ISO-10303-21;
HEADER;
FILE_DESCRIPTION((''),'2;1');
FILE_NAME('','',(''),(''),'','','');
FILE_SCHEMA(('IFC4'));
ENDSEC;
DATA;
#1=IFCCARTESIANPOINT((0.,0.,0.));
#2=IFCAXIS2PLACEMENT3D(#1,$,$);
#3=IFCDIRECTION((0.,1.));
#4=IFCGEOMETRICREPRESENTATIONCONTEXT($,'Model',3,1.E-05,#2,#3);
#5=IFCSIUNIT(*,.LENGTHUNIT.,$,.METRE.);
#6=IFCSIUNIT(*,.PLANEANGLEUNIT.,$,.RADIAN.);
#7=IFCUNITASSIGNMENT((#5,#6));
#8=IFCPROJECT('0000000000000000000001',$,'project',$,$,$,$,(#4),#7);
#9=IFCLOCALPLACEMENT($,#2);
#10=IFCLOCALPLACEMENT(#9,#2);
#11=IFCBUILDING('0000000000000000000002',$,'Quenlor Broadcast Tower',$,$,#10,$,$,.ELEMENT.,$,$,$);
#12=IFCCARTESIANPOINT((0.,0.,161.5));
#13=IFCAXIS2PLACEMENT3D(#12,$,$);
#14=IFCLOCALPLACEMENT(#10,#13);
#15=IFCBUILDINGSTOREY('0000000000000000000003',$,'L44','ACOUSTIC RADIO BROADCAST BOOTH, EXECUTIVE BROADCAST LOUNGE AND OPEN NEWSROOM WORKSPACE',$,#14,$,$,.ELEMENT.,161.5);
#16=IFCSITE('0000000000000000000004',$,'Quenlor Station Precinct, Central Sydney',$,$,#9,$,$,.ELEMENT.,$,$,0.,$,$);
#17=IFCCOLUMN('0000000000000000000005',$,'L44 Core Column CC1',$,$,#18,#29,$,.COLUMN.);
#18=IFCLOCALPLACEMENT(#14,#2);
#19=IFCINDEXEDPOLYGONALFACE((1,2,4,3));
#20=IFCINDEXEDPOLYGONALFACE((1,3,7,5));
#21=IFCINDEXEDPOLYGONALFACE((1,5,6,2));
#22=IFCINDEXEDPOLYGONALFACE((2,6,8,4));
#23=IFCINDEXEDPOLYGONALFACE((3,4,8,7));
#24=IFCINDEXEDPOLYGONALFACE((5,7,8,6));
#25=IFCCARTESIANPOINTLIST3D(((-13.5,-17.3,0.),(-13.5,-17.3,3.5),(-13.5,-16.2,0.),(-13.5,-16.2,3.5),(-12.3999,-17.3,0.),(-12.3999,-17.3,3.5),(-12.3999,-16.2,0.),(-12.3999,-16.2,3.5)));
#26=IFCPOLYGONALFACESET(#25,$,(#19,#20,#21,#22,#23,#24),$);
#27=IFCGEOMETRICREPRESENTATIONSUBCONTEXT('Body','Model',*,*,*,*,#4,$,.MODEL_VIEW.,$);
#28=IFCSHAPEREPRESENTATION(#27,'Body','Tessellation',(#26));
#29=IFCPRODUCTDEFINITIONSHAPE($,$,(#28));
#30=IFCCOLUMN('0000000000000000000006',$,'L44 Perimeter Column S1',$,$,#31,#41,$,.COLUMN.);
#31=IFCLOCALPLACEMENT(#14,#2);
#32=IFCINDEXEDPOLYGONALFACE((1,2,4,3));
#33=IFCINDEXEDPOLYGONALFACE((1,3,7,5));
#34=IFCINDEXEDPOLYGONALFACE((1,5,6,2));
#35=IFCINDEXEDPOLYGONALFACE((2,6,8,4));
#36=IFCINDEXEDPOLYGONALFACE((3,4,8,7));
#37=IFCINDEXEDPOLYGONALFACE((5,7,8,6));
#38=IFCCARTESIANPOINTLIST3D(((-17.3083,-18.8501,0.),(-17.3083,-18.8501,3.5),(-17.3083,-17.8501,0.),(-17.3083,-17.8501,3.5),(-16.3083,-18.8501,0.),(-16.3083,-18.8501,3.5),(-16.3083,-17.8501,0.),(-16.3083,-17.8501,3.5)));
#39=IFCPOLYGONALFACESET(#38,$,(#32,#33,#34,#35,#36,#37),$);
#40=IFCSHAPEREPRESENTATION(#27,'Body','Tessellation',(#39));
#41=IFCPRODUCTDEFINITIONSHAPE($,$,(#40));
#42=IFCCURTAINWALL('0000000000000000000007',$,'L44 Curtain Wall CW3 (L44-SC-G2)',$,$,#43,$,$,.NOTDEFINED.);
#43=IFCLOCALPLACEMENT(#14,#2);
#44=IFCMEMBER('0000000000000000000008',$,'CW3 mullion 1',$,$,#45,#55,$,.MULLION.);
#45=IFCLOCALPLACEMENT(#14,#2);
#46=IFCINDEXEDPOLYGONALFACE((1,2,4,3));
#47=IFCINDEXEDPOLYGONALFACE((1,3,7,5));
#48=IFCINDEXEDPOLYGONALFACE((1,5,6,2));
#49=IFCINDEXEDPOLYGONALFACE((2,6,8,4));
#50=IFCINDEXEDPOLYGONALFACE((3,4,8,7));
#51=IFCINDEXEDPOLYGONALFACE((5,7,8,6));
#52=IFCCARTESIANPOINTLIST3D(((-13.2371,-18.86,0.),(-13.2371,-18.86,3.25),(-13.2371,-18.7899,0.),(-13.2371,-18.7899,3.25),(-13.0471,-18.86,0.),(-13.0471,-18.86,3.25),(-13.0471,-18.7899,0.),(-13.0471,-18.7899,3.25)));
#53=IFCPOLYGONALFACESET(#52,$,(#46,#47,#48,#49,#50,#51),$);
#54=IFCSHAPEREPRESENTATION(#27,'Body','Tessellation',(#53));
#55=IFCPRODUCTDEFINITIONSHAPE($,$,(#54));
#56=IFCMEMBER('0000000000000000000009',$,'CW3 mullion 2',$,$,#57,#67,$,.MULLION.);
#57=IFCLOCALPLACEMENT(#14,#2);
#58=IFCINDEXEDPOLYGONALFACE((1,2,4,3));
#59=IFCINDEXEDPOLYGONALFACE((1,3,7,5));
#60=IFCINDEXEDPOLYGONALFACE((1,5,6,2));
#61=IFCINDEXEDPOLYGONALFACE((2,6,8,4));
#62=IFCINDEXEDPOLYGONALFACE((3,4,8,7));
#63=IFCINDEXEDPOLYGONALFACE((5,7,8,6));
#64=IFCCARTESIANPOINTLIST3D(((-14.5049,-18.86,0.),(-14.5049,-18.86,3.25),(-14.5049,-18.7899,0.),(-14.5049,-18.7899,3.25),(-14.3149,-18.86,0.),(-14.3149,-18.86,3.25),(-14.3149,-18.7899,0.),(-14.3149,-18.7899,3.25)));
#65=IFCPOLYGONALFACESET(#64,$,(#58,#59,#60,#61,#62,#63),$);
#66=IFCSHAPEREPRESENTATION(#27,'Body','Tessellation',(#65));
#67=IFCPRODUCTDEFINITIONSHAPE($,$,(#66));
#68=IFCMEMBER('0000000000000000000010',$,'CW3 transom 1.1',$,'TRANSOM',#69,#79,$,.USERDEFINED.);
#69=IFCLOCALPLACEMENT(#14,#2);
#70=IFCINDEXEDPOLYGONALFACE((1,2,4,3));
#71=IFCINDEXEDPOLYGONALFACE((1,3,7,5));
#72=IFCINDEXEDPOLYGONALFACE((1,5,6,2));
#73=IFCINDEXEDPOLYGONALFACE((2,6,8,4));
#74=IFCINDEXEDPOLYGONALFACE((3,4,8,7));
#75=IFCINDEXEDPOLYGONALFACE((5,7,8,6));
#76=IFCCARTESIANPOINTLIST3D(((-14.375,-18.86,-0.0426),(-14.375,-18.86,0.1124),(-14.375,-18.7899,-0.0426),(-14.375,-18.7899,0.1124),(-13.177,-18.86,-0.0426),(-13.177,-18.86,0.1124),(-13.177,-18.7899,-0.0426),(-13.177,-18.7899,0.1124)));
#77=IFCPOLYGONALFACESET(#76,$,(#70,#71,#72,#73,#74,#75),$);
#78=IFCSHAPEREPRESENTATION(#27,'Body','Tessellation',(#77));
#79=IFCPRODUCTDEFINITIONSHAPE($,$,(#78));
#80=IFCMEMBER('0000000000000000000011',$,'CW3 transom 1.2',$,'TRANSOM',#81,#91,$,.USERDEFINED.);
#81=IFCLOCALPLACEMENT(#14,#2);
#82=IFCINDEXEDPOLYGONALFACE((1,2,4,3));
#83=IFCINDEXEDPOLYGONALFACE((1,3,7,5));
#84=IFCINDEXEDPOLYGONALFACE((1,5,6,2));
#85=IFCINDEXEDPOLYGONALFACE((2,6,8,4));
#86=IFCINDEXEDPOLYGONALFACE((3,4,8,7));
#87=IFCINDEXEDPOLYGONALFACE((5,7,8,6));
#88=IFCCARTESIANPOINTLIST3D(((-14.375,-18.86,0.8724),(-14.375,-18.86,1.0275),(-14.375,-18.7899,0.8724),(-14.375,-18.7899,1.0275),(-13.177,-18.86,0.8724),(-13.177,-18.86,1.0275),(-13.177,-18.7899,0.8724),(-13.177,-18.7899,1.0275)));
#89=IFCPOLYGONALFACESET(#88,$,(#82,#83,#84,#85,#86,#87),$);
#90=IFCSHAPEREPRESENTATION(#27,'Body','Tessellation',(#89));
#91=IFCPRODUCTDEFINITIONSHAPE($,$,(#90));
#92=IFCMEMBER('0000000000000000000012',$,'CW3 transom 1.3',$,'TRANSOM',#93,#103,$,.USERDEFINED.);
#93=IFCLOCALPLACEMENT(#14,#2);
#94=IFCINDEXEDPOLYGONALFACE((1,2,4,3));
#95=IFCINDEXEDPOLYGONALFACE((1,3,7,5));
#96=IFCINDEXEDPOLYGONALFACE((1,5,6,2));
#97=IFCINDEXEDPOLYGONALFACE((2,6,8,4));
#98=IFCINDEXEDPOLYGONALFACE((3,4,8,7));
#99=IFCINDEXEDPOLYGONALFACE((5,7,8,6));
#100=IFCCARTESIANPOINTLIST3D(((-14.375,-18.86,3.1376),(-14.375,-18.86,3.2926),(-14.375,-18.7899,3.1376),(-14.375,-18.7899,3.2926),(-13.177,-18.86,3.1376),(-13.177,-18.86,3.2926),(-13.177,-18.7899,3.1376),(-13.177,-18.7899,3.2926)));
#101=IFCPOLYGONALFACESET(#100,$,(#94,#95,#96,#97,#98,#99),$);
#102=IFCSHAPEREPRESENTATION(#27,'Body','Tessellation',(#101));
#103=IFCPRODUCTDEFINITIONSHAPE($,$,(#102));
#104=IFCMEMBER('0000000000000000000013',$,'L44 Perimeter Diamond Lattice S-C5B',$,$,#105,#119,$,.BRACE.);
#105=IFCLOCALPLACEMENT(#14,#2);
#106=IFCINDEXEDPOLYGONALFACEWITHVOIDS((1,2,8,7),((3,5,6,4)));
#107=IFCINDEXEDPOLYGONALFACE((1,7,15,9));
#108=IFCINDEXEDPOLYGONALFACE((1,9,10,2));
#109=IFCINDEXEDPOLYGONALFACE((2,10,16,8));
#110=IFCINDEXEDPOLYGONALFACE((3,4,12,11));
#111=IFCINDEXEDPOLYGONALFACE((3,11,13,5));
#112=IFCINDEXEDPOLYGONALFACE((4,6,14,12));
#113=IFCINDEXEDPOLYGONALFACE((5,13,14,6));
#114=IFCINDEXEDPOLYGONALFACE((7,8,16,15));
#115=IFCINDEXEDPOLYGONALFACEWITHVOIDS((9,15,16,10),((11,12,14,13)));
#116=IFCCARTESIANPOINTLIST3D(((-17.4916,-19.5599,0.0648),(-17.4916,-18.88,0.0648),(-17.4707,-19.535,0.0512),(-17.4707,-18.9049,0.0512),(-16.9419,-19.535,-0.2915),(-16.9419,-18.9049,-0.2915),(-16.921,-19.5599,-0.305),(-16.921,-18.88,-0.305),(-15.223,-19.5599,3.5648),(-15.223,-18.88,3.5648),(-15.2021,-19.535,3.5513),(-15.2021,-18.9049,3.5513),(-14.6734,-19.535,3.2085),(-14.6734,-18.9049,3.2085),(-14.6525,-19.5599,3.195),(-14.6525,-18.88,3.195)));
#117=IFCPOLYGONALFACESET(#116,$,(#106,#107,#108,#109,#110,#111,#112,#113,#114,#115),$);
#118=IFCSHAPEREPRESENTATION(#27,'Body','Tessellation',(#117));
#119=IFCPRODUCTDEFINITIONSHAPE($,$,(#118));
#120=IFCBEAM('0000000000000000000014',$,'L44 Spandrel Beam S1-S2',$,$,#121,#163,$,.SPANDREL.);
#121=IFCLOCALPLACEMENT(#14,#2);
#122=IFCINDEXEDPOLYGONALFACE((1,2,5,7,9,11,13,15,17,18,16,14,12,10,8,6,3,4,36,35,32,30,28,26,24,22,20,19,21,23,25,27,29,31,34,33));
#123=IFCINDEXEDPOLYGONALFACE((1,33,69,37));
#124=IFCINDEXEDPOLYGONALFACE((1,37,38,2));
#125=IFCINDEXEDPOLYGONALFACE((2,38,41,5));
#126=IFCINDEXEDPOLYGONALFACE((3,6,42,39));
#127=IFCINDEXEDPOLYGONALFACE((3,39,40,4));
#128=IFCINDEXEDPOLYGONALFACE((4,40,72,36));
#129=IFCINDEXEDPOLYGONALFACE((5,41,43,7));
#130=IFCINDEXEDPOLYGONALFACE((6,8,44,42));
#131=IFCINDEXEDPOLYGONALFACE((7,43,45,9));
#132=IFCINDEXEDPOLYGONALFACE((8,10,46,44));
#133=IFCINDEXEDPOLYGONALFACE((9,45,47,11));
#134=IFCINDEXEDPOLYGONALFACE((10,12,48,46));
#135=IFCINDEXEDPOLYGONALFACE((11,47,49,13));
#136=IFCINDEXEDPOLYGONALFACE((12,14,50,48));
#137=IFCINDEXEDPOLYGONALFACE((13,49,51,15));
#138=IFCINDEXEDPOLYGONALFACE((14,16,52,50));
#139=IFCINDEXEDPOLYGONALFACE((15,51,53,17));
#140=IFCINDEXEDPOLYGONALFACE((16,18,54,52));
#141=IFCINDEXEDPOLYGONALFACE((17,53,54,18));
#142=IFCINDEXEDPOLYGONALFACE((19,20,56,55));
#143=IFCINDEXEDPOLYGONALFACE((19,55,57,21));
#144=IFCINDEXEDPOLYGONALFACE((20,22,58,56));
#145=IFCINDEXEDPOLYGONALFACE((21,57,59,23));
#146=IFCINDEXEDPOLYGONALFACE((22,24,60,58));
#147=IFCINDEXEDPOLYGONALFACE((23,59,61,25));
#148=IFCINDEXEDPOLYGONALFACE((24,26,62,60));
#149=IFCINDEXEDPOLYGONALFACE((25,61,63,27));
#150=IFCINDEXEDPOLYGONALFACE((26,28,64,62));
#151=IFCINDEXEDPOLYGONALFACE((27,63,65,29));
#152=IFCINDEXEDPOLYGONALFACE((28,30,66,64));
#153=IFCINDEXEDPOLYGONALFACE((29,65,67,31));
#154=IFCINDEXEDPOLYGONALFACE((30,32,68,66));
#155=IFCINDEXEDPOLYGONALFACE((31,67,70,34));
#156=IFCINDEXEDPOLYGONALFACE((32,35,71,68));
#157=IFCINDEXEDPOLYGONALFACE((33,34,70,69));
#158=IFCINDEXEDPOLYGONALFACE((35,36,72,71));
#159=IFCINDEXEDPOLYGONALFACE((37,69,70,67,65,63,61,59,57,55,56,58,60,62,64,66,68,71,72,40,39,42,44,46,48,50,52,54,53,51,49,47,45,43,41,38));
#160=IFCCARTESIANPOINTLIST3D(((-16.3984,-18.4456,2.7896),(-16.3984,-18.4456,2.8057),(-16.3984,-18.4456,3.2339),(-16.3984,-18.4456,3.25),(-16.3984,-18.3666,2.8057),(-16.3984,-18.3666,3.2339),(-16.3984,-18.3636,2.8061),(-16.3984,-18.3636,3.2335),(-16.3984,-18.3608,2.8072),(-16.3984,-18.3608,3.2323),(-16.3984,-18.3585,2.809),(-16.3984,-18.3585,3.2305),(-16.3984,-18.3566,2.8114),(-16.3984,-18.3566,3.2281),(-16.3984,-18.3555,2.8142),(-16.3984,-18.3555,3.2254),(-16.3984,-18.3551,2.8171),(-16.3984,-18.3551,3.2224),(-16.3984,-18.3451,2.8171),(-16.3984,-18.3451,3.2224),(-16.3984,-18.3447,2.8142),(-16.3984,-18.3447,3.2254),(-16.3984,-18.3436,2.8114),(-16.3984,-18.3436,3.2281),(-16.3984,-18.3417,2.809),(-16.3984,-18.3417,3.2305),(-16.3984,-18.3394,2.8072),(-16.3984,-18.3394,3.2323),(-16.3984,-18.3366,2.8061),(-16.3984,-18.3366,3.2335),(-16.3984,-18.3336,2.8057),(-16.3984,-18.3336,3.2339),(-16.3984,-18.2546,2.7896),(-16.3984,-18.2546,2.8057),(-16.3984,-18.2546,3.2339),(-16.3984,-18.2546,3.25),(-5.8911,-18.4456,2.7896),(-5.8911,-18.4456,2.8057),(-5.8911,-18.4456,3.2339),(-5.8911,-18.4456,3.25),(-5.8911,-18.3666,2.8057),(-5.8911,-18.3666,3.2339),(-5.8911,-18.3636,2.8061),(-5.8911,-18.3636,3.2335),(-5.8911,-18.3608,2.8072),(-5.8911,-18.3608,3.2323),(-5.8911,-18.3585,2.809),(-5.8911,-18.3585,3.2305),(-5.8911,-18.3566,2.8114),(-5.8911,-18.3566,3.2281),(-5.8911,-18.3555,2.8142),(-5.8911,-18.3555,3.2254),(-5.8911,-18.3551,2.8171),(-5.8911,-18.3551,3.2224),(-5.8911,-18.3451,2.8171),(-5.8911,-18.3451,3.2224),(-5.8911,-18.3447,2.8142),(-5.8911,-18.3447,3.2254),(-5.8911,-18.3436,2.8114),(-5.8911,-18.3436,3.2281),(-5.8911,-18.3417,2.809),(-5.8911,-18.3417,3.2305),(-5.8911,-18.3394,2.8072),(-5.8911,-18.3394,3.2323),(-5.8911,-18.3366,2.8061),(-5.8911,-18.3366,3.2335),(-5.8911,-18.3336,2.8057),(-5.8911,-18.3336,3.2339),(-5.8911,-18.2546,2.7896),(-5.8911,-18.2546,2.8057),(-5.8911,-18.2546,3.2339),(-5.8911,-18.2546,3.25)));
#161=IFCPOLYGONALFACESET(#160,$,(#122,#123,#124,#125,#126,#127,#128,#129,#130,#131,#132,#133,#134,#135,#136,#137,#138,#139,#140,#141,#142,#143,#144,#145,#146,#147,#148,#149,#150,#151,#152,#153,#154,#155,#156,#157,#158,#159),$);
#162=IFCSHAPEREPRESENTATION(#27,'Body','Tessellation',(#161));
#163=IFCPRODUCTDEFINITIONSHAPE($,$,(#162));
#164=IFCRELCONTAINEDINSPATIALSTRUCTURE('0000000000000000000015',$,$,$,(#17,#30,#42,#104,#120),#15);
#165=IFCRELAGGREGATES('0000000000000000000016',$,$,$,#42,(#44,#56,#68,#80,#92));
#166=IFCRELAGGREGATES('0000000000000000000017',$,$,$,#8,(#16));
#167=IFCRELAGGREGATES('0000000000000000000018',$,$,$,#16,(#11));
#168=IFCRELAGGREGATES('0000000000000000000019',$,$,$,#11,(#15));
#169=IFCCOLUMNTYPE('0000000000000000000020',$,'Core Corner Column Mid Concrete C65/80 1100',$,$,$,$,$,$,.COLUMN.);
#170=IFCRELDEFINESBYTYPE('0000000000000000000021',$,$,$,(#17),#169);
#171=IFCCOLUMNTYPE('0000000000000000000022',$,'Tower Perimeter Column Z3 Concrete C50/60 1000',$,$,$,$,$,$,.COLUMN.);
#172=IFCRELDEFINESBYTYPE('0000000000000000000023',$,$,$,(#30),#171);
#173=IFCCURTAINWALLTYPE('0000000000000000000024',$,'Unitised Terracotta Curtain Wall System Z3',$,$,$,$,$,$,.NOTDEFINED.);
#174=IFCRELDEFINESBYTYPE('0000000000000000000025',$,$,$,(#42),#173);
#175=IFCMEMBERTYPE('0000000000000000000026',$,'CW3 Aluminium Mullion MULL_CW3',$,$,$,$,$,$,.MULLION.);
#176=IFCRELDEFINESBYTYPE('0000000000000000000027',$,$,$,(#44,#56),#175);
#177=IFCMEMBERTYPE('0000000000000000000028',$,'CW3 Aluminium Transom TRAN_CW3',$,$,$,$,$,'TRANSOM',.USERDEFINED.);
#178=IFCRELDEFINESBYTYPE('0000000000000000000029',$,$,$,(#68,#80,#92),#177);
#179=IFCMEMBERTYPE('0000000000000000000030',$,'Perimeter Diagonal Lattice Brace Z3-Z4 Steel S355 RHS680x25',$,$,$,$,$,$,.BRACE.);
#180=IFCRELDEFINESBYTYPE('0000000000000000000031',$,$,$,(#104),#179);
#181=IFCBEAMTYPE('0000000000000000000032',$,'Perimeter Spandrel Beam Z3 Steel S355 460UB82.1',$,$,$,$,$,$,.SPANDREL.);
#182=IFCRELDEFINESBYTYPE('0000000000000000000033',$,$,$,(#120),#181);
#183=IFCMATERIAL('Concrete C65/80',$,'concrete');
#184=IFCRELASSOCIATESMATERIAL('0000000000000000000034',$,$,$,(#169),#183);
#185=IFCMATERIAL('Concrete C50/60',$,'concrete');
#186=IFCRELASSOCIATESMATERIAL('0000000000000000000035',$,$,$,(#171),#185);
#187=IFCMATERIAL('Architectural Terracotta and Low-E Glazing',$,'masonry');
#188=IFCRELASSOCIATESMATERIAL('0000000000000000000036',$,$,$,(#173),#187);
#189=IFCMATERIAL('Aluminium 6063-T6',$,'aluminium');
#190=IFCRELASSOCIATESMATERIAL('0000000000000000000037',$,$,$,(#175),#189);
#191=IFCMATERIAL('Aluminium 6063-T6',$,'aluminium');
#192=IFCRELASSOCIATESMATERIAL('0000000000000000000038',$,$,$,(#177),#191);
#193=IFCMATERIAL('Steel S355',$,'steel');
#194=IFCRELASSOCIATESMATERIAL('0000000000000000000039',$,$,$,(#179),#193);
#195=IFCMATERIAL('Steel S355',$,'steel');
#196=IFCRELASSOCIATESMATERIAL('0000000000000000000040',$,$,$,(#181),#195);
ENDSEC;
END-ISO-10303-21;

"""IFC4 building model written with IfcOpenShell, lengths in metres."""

from ifc_helpers import new_model, si_unit, direction, frame, origin, origin_2d, place, context, subcontext, project, spatial, rectangle, hollow_rectangle, i_section, extrude, material, material_profile, profile_set, type_object, element, aggregate, save


model = new_model("IFC4")

# Units and contexts
model_context = context("Model", 3, precision=1e-05, world=origin(), true_north=direction((0.0, 1.0)))
body_context = subcontext(model_context, "Body", "Model", "MODEL_VIEW")
ifc_project = project(units=[si_unit("LENGTHUNIT", "METRE"), si_unit("PLANEANGLEUNIT", "RADIAN")], contexts=[model_context])

# Site, building, storey
site_placement = place(None, origin())
site = spatial("IfcSite", under=ifc_project, at=site_placement, Name="Quenlor Station Precinct, Central Sydney", CompositionType="ELEMENT", RefElevation=0.0)
building_placement = place(site_placement, origin())
building = spatial("IfcBuilding", under=site, at=building_placement, Name="Quenlor Broadcast Tower", CompositionType="ELEMENT")
storey_placement = place(building_placement, frame((0.0, 0.0, 161.5)))
storey = spatial("IfcBuildingStorey", under=building, at=storey_placement, Name="L44", Description="ACOUSTIC RADIO BROADCAST BOOTH, EXECUTIVE BROADCAST LOUNGE AND OPEN NEWSROOM WORKSPACE", CompositionType="ELEMENT", Elevation=161.5)

# Columns
ifc_material_1 = material(Name="Concrete C65/80", Category="concrete")
ifc_material_profile_1 = material_profile(ifc_material_1, rectangle(XDim=1.1001, YDim=1.1001, at=origin_2d()))
ifc_profile_set_1 = profile_set([ifc_material_profile_1], Name="Concrete C65/80 RC1100x1100")
column_type_1 = type_object("IfcColumnType", Name="Core Corner Column Mid Concrete C65/80 1100", PredefinedType="COLUMN", material=ifc_profile_set_1)
column_1_placement = place(storey_placement, frame((-12.95, -16.75, 0.0), z_axis=(0.0, 0.0, 1.0), x_axis=(1.0, 0.0, 0.0)))
element("IfcColumn", 1, at=column_1_placement, inside=storey, type_object=column_type_1, Name="L44 Core Column CC1", PredefinedType="COLUMN", context=body_context, shape_type="SweptSolid", body=[
    extrude(rectangle(XDim=1.1001, YDim=1.1001, at=origin_2d()), origin(), (0.0, 0.0, 1.0), 3.5),
])
ifc_material_2 = material(Name="Concrete C50/60", Category="concrete")
ifc_material_profile_2 = material_profile(ifc_material_2, rectangle(XDim=1.0, YDim=1.0, at=origin_2d()))
ifc_profile_set_2 = profile_set([ifc_material_profile_2], Name="Concrete C50/60 RC1000x1000")
column_type_2 = type_object("IfcColumnType", Name="Tower Perimeter Column Z3 Concrete C50/60 1000", PredefinedType="COLUMN", material=ifc_profile_set_2)
column_2_placement = place(storey_placement, frame((-16.8083, -18.3501, 0.0), z_axis=(0.0, 0.0, 1.0), x_axis=(0.0, 1.0, 0.0)))
element("IfcColumn", 2, at=column_2_placement, inside=storey, type_object=column_type_2, Name="L44 Perimeter Column S1", PredefinedType="COLUMN", context=body_context, shape_type="SweptSolid", body=[
    extrude(rectangle(XDim=1.0, YDim=1.0, at=origin_2d()), origin(), (0.0, 0.0, 1.0), 3.5),
])

# Curtain wall, members
ifc_material_3 = material(Name="Architectural Terracotta and Low-E Glazing", Category="masonry")
curtain_wall_type = type_object("IfcCurtainWallType", Name="Unitised Terracotta Curtain Wall System Z3", PredefinedType="NOTDEFINED", material=ifc_material_3)
curtain_wall_placement = place(storey_placement, origin())
curtain_wall = element("IfcCurtainWall", 3, at=curtain_wall_placement, inside=storey, type_object=curtain_wall_type, Name="L44 Curtain Wall CW3 (L44-SC-G2)", PredefinedType="NOTDEFINED")
ifc_material_4 = material(Name="Aluminium 6063-T6", Category="aluminium")
ifc_material_profile_3 = material_profile(ifc_material_4, rectangle(XDim=0.0701, YDim=0.1899, at=origin_2d()))
ifc_profile_set_3 = profile_set([ifc_material_profile_3], Name="Aluminium 6063-T6 MULL70x190")
member_type_1 = type_object("IfcMemberType", Name="CW3 Aluminium Mullion MULL_CW3", PredefinedType="MULLION", material=ifc_profile_set_3)
member_1_placement = place(storey_placement, frame((-13.1421, -18.825, 0.0), z_axis=(0.0, 0.0, 1.0), x_axis=(0.0, -1.0, 0.0)))
member_1 = element("IfcMember", 4, at=member_1_placement, type_object=member_type_1, Name="CW3 mullion 1", PredefinedType="MULLION", context=body_context, shape_type="SweptSolid", body=[
    extrude(rectangle(XDim=0.0701, YDim=0.1899, at=origin_2d()), origin(), (0.0, 0.0, 1.0), 3.25),
])
member_2_placement = place(storey_placement, frame((-14.4099, -18.825, 0.0), z_axis=(0.0, 0.0, 1.0), x_axis=(0.0, -1.0, 0.0)))
member_2 = element("IfcMember", 5, at=member_2_placement, type_object=member_type_1, Name="CW3 mullion 2", PredefinedType="MULLION", context=body_context, shape_type="SweptSolid", body=[
    extrude(rectangle(XDim=0.0701, YDim=0.1899, at=origin_2d()), origin(), (0.0, 0.0, 1.0), 3.25),
])
ifc_material_5 = material(Name="Aluminium 6063-T6", Category="aluminium")
ifc_material_profile_4 = material_profile(ifc_material_5, rectangle(XDim=0.0701, YDim=0.155, at=origin_2d()))
ifc_profile_set_4 = profile_set([ifc_material_profile_4], Name="Aluminium 6063-T6 TRAN70x155")
member_type_2 = type_object("IfcMemberType", Name="CW3 Aluminium Transom TRAN_CW3", ElementType="TRANSOM", PredefinedType="USERDEFINED", material=ifc_profile_set_4)
member_3_placement = place(storey_placement, frame((-13.177, -18.825, 0.0349), z_axis=(-1.0, 0.0, 0.0), x_axis=(0.0, -1.0, 0.0)))
member_3 = element("IfcMember", 6, at=member_3_placement, type_object=member_type_2, Name="CW3 transom 1.1", ObjectType="TRANSOM", PredefinedType="USERDEFINED", context=body_context, shape_type="SweptSolid", body=[
    extrude(rectangle(XDim=0.0701, YDim=0.155, at=origin_2d()), origin(), (0.0, 0.0, 1.0), 1.198),
])
member_4_placement = place(storey_placement, frame((-13.177, -18.825, 0.95), z_axis=(-1.0, 0.0, 0.0), x_axis=(0.0, -1.0, 0.0)))
member_4 = element("IfcMember", 7, at=member_4_placement, type_object=member_type_2, Name="CW3 transom 1.2", ObjectType="TRANSOM", PredefinedType="USERDEFINED", context=body_context, shape_type="SweptSolid", body=[
    extrude(rectangle(XDim=0.0701, YDim=0.155, at=origin_2d()), origin(), (0.0, 0.0, 1.0), 1.198),
])
member_5_placement = place(storey_placement, frame((-13.177, -18.825, 3.2151), z_axis=(-1.0, 0.0, 0.0), x_axis=(0.0, -1.0, 0.0)))
member_5 = element("IfcMember", 8, at=member_5_placement, type_object=member_type_2, Name="CW3 transom 1.3", ObjectType="TRANSOM", PredefinedType="USERDEFINED", context=body_context, shape_type="SweptSolid", body=[
    extrude(rectangle(XDim=0.0701, YDim=0.155, at=origin_2d()), origin(), (0.0, 0.0, 1.0), 1.198),
])

# Member
ifc_material_6 = material(Name="Steel S355", Category="steel")
ifc_material_profile_5 = material_profile(ifc_material_6, hollow_rectangle(XDim=0.6799, YDim=0.6799, WallThickness=0.0249, at=origin_2d()))
ifc_profile_set_5 = profile_set([ifc_material_profile_5], Name="Steel S355 RHS680x680x25")
member_type_3 = type_object("IfcMemberType", Name="Perimeter Diagonal Lattice Brace Z3-Z4 Steel S355 RHS680x25", PredefinedType="BRACE", material=ifc_profile_set_5)
member_6_placement = place(storey_placement, frame((-17.2063, -19.22, -0.1201), z_axis=(0.543902, 0.0, 0.839149), x_axis=(0.0, 1.0, 0.0)))
element("IfcMember", 9, at=member_6_placement, inside=storey, type_object=member_type_3, Name="L44 Perimeter Diamond Lattice S-C5B", PredefinedType="BRACE", context=body_context, shape_type="SweptSolid", body=[
    extrude(hollow_rectangle(XDim=0.6799, YDim=0.6799, WallThickness=0.0249, at=origin_2d()), origin(), (0.0, 0.0, 1.0), 4.1709),
])

# Beam
ifc_material_7 = material(Name="Steel S355", Category="steel")
ifc_material_profile_6 = material_profile(ifc_material_7, i_section(OverallWidth=0.1909, OverallDepth=0.4604, WebThickness=0.01, FlangeThickness=0.0161, FilletRadius=0.0115, at=origin_2d()))
ifc_profile_set_6 = profile_set([ifc_material_profile_6], Name="Steel S355 460UB82.1")
beam_type_1 = type_object("IfcBeamType", Name="Perimeter Spandrel Beam Z3 Steel S355 460UB82.1", PredefinedType="SPANDREL", material=ifc_profile_set_6)
beam_1_placement = place(storey_placement, frame((-16.3984, -18.3501, 3.0198), z_axis=(1.0, 0.0, 0.0), x_axis=(0.0, 1.0, 0.0)))
element("IfcBeam", 10, at=beam_1_placement, inside=storey, type_object=beam_type_1, Name="L44 Spandrel Beam S1-S2", PredefinedType="SPANDREL", context=body_context, shape_type="SweptSolid", body=[
    extrude(i_section(OverallWidth=0.1909, OverallDepth=0.4604, WebThickness=0.01, FlangeThickness=0.0161, FilletRadius=0.0115, at=origin_2d()), origin(), (0.0, 0.0, 1.0), 10.5073),
])

aggregate(curtain_wall, [member_1, member_2, member_3, member_4, member_5])

save(model, "model.ifc")
